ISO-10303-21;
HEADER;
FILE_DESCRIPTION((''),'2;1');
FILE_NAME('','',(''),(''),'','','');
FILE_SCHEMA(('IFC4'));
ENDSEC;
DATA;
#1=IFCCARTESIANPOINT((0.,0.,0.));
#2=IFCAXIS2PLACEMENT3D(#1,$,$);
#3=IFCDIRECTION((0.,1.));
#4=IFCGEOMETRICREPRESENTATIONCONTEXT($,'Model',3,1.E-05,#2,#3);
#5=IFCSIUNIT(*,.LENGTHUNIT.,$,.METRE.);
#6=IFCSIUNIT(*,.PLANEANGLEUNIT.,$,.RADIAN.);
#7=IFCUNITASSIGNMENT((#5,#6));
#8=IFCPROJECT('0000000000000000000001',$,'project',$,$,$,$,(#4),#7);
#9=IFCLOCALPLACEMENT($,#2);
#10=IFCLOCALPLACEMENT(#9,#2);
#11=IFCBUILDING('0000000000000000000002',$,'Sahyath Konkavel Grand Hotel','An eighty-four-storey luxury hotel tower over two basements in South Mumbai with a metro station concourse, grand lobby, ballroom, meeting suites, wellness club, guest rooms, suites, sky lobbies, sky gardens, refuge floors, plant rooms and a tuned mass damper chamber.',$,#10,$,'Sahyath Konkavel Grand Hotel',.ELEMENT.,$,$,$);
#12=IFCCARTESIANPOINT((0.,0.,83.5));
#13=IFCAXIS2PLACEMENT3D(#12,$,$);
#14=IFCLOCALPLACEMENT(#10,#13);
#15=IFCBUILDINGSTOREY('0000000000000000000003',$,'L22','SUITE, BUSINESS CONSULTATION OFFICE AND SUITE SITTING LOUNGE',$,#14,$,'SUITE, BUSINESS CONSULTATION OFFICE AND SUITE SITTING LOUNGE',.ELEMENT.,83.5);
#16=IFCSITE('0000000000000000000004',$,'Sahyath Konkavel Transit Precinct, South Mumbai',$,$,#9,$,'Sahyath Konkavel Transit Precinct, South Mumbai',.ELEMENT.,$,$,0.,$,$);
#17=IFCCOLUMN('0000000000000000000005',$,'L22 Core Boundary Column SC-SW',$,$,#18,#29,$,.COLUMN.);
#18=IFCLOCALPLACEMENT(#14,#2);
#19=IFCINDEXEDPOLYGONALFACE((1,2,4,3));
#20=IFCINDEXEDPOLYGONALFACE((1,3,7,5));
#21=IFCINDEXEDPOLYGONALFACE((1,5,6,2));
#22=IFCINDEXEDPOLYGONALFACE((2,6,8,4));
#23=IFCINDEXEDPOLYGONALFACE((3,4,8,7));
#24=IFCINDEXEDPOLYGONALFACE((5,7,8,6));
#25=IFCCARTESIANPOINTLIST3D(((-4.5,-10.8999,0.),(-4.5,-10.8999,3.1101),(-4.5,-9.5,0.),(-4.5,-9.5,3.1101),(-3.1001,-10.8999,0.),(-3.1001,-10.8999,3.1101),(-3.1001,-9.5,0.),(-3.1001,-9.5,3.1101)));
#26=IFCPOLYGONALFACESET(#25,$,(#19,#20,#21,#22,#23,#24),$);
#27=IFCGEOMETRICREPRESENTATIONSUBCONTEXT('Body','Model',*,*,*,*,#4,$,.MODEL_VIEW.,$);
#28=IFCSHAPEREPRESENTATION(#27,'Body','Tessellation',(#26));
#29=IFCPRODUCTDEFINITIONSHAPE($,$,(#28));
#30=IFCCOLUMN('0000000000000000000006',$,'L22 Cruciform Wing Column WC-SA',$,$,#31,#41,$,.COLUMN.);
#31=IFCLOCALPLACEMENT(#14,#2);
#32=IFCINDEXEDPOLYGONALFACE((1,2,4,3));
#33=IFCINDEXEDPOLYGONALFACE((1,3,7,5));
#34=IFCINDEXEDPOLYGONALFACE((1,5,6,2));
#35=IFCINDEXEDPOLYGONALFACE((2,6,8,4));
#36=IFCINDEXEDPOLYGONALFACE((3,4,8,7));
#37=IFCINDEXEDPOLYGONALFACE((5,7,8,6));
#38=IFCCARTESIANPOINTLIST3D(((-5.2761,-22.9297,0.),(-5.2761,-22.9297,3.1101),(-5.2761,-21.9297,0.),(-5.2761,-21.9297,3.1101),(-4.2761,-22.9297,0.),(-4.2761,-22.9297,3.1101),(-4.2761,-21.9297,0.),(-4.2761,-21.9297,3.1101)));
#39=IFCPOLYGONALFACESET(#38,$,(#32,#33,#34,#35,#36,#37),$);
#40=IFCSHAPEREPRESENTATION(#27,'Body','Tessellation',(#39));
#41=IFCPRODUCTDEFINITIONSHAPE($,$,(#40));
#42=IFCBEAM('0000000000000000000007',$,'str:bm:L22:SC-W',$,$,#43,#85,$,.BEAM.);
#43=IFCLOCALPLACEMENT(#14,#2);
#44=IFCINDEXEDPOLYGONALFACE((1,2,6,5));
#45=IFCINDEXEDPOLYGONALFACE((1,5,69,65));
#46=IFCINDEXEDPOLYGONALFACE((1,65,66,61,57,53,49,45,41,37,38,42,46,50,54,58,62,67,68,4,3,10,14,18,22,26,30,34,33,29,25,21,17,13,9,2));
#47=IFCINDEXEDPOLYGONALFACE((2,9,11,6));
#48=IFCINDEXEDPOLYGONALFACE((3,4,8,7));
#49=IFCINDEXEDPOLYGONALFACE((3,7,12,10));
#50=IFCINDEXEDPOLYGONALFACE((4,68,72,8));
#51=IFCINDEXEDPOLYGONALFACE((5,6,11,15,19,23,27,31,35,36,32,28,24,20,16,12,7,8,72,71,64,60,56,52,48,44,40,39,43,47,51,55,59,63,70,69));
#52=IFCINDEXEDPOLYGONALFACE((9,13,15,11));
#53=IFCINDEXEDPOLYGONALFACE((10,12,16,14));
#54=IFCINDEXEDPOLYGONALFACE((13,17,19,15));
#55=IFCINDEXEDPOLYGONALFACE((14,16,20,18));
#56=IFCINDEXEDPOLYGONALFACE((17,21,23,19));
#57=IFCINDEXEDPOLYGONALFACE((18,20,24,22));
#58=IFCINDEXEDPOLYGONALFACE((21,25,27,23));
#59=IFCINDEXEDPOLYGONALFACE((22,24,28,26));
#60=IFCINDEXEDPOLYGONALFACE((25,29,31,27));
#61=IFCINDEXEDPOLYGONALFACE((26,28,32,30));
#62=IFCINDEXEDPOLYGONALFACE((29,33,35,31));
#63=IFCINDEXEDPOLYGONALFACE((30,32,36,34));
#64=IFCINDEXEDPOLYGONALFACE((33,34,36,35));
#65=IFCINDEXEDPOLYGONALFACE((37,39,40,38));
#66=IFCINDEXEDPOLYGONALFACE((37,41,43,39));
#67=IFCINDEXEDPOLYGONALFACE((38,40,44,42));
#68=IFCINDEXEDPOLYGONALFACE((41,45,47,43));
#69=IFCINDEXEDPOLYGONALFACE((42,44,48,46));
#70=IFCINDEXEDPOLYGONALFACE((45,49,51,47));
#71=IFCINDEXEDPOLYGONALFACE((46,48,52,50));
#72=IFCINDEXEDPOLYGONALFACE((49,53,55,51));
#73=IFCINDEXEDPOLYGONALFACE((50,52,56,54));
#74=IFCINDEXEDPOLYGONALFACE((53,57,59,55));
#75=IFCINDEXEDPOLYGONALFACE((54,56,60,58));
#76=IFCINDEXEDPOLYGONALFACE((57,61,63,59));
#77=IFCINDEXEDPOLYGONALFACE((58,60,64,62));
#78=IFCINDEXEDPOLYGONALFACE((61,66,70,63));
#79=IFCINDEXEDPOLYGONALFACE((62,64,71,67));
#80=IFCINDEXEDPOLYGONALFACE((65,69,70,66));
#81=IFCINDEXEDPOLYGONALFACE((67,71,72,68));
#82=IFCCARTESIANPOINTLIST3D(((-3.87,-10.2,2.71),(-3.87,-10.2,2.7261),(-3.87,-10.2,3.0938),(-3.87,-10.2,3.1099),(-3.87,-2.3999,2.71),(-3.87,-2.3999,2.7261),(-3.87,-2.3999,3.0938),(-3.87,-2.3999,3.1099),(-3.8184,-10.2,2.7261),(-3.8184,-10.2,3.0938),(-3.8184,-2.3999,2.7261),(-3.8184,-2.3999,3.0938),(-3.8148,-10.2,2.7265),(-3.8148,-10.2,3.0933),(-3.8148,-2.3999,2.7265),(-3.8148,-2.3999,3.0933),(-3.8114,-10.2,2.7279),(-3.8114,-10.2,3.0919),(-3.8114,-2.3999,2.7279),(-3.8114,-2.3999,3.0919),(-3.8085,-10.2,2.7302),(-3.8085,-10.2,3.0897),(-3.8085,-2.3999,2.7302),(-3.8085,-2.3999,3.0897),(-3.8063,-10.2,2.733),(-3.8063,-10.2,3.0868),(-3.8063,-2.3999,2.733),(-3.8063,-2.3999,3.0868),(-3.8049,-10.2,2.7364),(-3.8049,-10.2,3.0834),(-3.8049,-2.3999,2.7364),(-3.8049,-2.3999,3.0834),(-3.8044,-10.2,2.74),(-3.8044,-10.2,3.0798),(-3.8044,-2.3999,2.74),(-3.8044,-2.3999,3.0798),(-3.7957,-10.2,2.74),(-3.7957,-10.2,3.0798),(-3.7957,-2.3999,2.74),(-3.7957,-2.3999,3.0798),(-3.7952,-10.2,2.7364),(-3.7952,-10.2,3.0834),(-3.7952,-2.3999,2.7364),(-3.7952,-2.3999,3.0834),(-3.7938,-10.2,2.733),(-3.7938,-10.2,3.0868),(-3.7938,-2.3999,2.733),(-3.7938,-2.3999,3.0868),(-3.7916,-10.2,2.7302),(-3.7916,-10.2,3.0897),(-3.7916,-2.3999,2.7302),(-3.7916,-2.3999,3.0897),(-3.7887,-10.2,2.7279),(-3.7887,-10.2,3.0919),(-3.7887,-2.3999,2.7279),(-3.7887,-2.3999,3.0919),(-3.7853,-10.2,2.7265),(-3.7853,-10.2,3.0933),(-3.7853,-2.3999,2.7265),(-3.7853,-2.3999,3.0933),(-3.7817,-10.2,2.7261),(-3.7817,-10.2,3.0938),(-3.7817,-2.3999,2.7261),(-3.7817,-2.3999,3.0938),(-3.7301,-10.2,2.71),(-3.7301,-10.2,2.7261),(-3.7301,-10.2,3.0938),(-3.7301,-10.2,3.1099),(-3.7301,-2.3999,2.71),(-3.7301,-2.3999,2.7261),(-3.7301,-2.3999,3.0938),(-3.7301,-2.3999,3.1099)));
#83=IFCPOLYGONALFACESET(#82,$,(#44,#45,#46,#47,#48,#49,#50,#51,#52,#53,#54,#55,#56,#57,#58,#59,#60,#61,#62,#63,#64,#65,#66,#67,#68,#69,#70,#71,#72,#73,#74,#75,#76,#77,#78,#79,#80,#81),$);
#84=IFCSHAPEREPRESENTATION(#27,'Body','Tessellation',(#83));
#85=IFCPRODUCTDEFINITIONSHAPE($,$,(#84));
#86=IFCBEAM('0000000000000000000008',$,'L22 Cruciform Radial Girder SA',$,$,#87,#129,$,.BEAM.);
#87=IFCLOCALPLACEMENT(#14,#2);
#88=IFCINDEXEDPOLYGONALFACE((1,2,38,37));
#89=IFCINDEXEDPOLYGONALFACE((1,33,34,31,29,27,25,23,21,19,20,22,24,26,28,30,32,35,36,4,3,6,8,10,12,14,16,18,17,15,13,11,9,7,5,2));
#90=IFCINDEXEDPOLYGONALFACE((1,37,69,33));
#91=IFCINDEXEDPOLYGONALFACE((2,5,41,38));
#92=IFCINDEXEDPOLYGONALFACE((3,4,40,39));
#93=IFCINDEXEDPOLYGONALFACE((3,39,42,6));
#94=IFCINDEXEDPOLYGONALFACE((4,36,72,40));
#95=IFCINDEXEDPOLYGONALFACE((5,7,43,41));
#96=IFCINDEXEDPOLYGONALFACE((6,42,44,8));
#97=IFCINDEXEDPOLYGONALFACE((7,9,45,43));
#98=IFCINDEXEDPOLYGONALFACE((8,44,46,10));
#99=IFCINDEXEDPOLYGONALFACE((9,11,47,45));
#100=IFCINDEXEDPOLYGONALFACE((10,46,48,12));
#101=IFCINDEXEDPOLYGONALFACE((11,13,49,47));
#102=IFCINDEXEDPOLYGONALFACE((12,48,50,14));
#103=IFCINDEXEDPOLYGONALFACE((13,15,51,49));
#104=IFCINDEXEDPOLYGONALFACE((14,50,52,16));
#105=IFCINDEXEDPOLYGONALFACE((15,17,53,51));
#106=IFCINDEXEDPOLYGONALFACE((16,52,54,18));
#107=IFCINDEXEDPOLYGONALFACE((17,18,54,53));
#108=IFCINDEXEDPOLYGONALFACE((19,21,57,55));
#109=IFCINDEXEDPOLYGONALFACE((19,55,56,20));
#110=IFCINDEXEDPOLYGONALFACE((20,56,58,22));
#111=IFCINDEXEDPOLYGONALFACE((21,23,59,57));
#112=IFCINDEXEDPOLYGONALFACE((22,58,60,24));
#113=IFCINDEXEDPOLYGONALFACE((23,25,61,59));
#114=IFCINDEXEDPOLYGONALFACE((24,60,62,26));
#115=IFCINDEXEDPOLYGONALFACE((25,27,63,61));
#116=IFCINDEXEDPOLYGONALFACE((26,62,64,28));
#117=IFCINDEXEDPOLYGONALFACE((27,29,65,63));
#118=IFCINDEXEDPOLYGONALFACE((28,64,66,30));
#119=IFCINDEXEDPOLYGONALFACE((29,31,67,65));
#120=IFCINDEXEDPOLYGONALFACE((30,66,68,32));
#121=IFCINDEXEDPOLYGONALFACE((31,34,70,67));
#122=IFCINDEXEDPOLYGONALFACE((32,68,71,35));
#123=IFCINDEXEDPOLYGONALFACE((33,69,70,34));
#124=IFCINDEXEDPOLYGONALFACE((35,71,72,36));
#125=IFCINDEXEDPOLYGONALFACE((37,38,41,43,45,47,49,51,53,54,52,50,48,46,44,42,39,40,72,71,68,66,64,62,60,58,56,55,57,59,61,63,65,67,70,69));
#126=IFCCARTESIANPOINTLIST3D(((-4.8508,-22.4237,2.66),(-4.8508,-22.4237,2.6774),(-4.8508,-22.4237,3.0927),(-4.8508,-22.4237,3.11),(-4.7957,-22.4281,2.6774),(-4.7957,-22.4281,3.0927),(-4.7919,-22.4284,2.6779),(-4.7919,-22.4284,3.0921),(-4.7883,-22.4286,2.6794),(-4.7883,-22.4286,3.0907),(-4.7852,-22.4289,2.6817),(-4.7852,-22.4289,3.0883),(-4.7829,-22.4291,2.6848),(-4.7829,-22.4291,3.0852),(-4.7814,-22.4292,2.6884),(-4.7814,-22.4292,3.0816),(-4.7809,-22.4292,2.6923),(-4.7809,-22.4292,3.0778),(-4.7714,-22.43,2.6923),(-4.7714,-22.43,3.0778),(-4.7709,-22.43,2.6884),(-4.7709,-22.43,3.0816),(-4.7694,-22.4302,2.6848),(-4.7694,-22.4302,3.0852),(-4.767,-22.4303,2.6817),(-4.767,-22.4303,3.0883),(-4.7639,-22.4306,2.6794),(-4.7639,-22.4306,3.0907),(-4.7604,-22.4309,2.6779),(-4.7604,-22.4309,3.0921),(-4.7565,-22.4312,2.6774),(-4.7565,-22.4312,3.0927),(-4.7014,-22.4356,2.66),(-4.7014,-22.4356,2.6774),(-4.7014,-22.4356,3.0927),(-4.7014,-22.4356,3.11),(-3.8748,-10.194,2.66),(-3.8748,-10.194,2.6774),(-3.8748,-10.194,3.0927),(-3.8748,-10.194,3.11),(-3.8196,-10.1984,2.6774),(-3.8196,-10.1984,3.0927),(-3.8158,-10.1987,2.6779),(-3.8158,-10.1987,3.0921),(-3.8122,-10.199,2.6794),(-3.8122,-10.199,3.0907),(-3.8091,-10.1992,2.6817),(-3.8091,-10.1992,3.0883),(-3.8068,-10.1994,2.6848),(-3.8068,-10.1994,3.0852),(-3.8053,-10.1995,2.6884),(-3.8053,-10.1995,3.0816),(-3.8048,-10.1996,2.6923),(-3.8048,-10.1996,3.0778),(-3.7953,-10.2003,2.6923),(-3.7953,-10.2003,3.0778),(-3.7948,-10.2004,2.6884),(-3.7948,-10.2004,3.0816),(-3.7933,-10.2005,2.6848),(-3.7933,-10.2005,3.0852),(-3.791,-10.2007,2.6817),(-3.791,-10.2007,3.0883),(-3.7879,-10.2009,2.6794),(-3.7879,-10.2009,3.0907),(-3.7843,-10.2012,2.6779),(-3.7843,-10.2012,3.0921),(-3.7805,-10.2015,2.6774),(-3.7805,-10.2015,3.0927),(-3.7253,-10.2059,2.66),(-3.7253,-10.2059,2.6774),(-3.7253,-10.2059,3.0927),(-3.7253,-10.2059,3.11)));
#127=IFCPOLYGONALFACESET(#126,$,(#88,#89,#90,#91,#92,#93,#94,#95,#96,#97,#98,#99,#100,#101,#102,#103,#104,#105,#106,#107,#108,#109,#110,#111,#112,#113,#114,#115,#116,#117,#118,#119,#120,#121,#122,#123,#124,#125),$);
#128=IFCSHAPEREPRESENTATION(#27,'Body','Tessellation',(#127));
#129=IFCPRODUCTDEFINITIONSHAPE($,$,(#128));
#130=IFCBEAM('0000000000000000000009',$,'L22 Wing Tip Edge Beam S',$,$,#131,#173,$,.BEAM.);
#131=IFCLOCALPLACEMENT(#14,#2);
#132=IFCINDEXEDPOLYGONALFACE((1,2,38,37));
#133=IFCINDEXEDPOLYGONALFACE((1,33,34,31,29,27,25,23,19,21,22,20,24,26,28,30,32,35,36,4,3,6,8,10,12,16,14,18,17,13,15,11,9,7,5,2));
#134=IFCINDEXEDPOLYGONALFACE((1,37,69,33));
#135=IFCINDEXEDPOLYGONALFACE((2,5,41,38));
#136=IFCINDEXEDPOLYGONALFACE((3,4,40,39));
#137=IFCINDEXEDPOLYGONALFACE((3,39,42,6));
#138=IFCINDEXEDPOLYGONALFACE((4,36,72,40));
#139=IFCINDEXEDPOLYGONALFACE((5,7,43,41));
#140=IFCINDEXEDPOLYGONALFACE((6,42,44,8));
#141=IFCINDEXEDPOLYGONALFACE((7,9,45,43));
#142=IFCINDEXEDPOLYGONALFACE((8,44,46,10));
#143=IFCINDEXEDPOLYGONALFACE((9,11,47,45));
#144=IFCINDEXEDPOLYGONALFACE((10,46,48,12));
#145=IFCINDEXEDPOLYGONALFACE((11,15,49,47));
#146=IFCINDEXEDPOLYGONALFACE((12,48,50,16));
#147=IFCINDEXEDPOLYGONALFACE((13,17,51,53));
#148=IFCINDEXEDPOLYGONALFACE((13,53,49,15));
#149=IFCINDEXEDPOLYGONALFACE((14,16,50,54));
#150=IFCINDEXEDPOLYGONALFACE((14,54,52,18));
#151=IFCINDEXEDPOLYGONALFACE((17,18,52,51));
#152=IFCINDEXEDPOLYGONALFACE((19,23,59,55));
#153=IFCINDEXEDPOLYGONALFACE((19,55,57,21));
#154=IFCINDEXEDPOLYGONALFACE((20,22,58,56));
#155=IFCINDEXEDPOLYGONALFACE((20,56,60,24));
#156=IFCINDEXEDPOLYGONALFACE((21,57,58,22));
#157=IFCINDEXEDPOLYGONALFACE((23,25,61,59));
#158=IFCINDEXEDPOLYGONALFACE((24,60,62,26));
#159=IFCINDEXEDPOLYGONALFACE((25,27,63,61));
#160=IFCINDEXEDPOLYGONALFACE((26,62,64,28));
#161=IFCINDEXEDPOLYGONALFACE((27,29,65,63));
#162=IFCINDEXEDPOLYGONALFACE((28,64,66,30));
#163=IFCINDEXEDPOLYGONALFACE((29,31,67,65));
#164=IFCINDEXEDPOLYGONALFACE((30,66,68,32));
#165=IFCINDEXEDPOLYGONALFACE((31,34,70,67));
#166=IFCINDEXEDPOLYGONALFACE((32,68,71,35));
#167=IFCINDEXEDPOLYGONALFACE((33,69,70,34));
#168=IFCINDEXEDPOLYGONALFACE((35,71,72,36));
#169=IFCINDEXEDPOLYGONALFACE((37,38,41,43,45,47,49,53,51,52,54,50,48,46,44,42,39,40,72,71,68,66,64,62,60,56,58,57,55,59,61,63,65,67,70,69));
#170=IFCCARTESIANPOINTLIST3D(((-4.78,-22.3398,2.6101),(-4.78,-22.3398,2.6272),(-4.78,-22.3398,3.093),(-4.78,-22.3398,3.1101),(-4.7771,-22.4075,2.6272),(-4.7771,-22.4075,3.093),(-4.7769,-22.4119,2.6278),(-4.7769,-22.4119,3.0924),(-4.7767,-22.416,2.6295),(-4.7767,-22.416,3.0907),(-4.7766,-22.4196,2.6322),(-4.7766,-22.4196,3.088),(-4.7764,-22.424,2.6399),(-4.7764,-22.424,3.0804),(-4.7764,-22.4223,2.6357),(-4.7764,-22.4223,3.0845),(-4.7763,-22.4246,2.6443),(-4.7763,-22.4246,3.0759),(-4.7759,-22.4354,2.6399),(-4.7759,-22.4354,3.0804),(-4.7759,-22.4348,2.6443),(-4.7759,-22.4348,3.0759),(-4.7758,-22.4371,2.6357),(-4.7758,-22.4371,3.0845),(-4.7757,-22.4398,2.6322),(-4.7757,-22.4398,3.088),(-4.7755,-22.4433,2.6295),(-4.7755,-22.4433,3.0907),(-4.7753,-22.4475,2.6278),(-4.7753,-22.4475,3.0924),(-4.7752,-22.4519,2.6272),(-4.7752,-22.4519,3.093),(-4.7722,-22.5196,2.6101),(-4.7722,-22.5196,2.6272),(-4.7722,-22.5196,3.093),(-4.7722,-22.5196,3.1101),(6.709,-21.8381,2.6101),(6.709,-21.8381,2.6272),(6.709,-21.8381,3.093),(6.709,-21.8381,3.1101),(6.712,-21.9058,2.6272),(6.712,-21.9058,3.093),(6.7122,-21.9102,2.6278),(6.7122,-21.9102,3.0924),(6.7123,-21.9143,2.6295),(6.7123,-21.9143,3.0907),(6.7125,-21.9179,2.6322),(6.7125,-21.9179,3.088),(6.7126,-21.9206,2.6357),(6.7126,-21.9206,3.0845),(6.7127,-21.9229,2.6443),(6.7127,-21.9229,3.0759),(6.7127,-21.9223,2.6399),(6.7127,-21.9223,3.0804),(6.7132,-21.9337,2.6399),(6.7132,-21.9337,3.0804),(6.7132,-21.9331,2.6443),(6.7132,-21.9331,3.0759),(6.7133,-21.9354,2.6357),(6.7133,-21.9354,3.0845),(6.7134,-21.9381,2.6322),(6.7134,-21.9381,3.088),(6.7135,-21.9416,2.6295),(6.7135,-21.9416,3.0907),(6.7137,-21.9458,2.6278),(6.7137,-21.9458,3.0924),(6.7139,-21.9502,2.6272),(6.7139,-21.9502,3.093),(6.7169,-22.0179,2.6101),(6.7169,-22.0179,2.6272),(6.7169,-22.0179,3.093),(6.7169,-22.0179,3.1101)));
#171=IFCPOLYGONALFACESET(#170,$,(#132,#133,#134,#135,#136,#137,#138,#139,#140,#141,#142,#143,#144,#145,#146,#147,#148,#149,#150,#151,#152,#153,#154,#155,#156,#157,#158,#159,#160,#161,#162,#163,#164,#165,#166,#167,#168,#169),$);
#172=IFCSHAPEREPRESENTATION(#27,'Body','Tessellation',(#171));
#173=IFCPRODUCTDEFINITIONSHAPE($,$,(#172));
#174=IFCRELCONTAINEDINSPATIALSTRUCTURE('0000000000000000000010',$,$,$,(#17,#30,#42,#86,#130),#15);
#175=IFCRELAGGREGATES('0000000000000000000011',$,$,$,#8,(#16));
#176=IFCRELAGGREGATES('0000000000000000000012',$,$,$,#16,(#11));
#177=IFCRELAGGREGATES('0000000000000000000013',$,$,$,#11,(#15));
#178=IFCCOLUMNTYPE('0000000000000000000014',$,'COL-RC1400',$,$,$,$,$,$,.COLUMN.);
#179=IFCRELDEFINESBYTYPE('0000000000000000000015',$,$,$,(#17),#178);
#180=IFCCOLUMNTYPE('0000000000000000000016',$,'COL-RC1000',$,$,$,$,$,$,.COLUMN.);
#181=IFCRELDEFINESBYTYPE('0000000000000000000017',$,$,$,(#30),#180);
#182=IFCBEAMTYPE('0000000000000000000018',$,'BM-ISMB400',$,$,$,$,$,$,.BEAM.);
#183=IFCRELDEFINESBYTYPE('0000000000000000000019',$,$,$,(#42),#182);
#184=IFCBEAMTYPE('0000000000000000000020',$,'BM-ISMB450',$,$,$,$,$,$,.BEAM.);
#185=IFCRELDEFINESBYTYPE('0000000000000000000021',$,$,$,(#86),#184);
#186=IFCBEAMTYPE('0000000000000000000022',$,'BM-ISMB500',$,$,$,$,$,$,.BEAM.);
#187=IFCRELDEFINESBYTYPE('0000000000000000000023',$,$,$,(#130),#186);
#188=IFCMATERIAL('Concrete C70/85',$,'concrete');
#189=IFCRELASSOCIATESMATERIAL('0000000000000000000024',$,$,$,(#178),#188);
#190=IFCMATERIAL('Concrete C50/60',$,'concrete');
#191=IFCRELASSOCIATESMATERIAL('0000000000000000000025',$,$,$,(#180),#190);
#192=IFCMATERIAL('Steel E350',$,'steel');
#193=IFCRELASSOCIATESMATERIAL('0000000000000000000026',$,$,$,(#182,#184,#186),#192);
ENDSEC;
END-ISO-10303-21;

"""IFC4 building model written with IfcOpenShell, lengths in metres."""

from ifc_helpers import new_model, si_unit, direction, frame, origin, origin_2d, place, context, subcontext, project, spatial, rectangle, i_section, extrude, source, transform, mapped, material, material_profile, profile_set, type_object, element, save


model = new_model("IFC4")

# Units and contexts
model_context = context("Model", 3, precision=1e-05, world=origin(), true_north=direction((0.0, 1.0)))
body_context = subcontext(model_context, "Body", "Model", "MODEL_VIEW")
ifc_project = project(units=[si_unit("LENGTHUNIT", "METRE"), si_unit("PLANEANGLEUNIT", "RADIAN")], contexts=[model_context])

# Site, building, storey
site_placement = place(None, origin())
site = spatial("IfcSite", under=ifc_project, at=site_placement, Name="Sahyath Konkavel Transit Precinct, South Mumbai", LongName="Sahyath Konkavel Transit Precinct, South Mumbai", CompositionType="ELEMENT", RefElevation=0.0)
building_placement = place(site_placement, origin())
building = spatial("IfcBuilding", under=site, at=building_placement, Name="Sahyath Konkavel Grand Hotel", Description="An eighty-four-storey luxury hotel tower over two basements in South Mumbai with a metro station concourse, grand lobby, ballroom, meeting suites, wellness club, guest rooms, suites, sky lobbies, sky gardens, refuge floors, plant rooms and a tuned mass damper chamber.", LongName="Sahyath Konkavel Grand Hotel", CompositionType="ELEMENT")
storey_placement = place(building_placement, frame((0.0, 0.0, 83.5)))
storey = spatial("IfcBuildingStorey", under=building, at=storey_placement, Name="L22", Description="SUITE, BUSINESS CONSULTATION OFFICE AND SUITE SITTING LOUNGE", LongName="SUITE, BUSINESS CONSULTATION OFFICE AND SUITE SITTING LOUNGE", CompositionType="ELEMENT", Elevation=83.5)

# Columns
ifc_material_1 = material(Name="Concrete C70/85", Category="concrete")
ifc_material_profile_1 = material_profile(ifc_material_1, rectangle(XDim=1.3999, YDim=1.3999, at=origin_2d()), Name="RC 1400x1400")
ifc_profile_set_1 = profile_set([ifc_material_profile_1], Name="Concrete C70/85")
column_type_1 = type_object("IfcColumnType", Name="COL-RC1400", PredefinedType="COLUMN", material=ifc_profile_set_1)
shared_shape_1 = source(origin(), body_context, "Body", "SweptSolid", [
    extrude(rectangle(XDim=1.3999, YDim=1.3999, at=origin_2d()), origin(), (0.0, 0.0, 1.0), 3.1101),
])
column_1_placement = place(storey_placement, frame((-3.8, -10.2, 0.0), z_axis=(0.0, 0.0, 1.0), x_axis=(1.0, 0.0, 0.0)))
element("IfcColumn", 1, at=column_1_placement, inside=storey, type_object=column_type_1, Name="L22 Core Boundary Column SC-SW", PredefinedType="COLUMN", context=body_context, shape_type="MappedRepresentation", body=[
    mapped(shared_shape_1, transform((0.0, 0.0, 0.0), scale=1.0)),
])
ifc_material_2 = material(Name="Concrete C50/60", Category="concrete")
ifc_material_profile_2 = material_profile(ifc_material_2, rectangle(XDim=1.0, YDim=1.0, at=origin_2d()), Name="RC 1000x1000")
ifc_profile_set_2 = profile_set([ifc_material_profile_2], Name="Concrete C50/60")
column_type_2 = type_object("IfcColumnType", Name="COL-RC1000", PredefinedType="COLUMN", material=ifc_profile_set_2)
shared_shape_2 = source(origin(), body_context, "Body", "SweptSolid", [
    extrude(rectangle(XDim=1.0, YDim=1.0, at=origin_2d()), origin(), (0.0, 0.0, 1.0), 3.1101),
])
column_2_placement = place(storey_placement, frame((-4.7761, -22.4297, 0.0), z_axis=(0.0, 0.0, 1.0), x_axis=(1.0, 0.0, 0.0)))
element("IfcColumn", 2, at=column_2_placement, inside=storey, type_object=column_type_2, Name="L22 Cruciform Wing Column WC-SA", PredefinedType="COLUMN", context=body_context, shape_type="MappedRepresentation", body=[
    mapped(shared_shape_2, transform((0.0, 0.0, 0.0), scale=1.0)),
])

# Beams
ifc_material_3 = material(Name="Steel E350", Category="steel")
ifc_material_profile_3 = material_profile(ifc_material_3, i_section(OverallWidth=0.1399, OverallDepth=0.3999, WebThickness=0.0088, FlangeThickness=0.0161, FilletRadius=0.0139, at=origin_2d()), Name="ISMB 400")
ifc_profile_set_3 = profile_set([ifc_material_profile_3], Name="Steel E350")
beam_type_1 = type_object("IfcBeamType", Name="BM-ISMB400", PredefinedType="BEAM", material=ifc_profile_set_3)
shared_shape_3 = source(origin(), body_context, "Body", "SweptSolid", [
    extrude(i_section(OverallWidth=0.1399, OverallDepth=0.3999, WebThickness=0.0088, FlangeThickness=0.0161, FilletRadius=0.0139, at=origin_2d()), origin(), (0.0, 0.0, 1.0), 7.8),
])
beam_1_placement = place(storey_placement, frame((-3.8, -10.2, 2.9099), z_axis=(0.0, 1.0, 0.0), x_axis=(-1.0, 0.0, 0.0)))
element("IfcBeam", 3, at=beam_1_placement, inside=storey, type_object=beam_type_1, Name="str:bm:L22:SC-W", PredefinedType="BEAM", context=body_context, shape_type="MappedRepresentation", body=[
    mapped(shared_shape_3, transform((0.0, 0.0, 0.0), scale=1.0)),
])
ifc_material_profile_4 = material_profile(ifc_material_3, i_section(OverallWidth=0.1499, OverallDepth=0.45, WebThickness=0.0095, FlangeThickness=0.0173, FilletRadius=0.0149, at=origin_2d()), Name="ISMB 450")
ifc_profile_set_4 = profile_set([ifc_material_profile_4], Name="Steel E350")
beam_type_2 = type_object("IfcBeamType", Name="BM-ISMB450", PredefinedType="BEAM", material=ifc_profile_set_4)
shared_shape_4 = source(origin(), body_context, "Body", "SweptSolid", [
    extrude(i_section(OverallWidth=0.1499, OverallDepth=0.45, WebThickness=0.0095, FlangeThickness=0.0173, FilletRadius=0.0149, at=origin_2d()), origin(), (0.0, 0.0, 1.0), 12.2686),
])
beam_2_placement = place(storey_placement, frame((-3.8, -10.2, 2.885), z_axis=(-0.079559, -0.99683, 0.0), x_axis=(0.99683, -0.079559, 0.0)))
element("IfcBeam", 4, at=beam_2_placement, inside=storey, type_object=beam_type_2, Name="L22 Cruciform Radial Girder SA", PredefinedType="BEAM", context=body_context, shape_type="MappedRepresentation", body=[
    mapped(shared_shape_4, transform((0.0, 0.0, 0.0), scale=1.0)),
])
ifc_material_profile_5 = material_profile(ifc_material_3, i_section(OverallWidth=0.1799, OverallDepth=0.5, WebThickness=0.0103, FlangeThickness=0.0171, FilletRadius=0.0171, at=origin_2d()), Name="ISMB 500")
ifc_profile_set_5 = profile_set([ifc_material_profile_5], Name="Steel E350")
beam_type_3 = type_object("IfcBeamType", Name="BM-ISMB500", PredefinedType="BEAM", material=ifc_profile_set_5)
shared_shape_5 = source(origin(), body_context, "Body", "SweptSolid", [
    extrude(i_section(OverallWidth=0.1799, OverallDepth=0.5, WebThickness=0.0103, FlangeThickness=0.0171, FilletRadius=0.0171, at=origin_2d()), origin(), (0.0, 0.0, 1.0), 11.5),
])
beam_3_placement = place(storey_placement, frame((-4.7761, -22.4297, 2.8601), z_axis=(0.999048, 0.043627, 0.0), x_axis=(-0.043627, 0.999048, 0.0)))
element("IfcBeam", 5, at=beam_3_placement, inside=storey, type_object=beam_type_3, Name="L22 Wing Tip Edge Beam S", PredefinedType="BEAM", context=body_context, shape_type="MappedRepresentation", body=[
    mapped(shared_shape_5, transform((0.0, 0.0, 0.0), scale=1.0)),
])

save(model, "model.ifc")
